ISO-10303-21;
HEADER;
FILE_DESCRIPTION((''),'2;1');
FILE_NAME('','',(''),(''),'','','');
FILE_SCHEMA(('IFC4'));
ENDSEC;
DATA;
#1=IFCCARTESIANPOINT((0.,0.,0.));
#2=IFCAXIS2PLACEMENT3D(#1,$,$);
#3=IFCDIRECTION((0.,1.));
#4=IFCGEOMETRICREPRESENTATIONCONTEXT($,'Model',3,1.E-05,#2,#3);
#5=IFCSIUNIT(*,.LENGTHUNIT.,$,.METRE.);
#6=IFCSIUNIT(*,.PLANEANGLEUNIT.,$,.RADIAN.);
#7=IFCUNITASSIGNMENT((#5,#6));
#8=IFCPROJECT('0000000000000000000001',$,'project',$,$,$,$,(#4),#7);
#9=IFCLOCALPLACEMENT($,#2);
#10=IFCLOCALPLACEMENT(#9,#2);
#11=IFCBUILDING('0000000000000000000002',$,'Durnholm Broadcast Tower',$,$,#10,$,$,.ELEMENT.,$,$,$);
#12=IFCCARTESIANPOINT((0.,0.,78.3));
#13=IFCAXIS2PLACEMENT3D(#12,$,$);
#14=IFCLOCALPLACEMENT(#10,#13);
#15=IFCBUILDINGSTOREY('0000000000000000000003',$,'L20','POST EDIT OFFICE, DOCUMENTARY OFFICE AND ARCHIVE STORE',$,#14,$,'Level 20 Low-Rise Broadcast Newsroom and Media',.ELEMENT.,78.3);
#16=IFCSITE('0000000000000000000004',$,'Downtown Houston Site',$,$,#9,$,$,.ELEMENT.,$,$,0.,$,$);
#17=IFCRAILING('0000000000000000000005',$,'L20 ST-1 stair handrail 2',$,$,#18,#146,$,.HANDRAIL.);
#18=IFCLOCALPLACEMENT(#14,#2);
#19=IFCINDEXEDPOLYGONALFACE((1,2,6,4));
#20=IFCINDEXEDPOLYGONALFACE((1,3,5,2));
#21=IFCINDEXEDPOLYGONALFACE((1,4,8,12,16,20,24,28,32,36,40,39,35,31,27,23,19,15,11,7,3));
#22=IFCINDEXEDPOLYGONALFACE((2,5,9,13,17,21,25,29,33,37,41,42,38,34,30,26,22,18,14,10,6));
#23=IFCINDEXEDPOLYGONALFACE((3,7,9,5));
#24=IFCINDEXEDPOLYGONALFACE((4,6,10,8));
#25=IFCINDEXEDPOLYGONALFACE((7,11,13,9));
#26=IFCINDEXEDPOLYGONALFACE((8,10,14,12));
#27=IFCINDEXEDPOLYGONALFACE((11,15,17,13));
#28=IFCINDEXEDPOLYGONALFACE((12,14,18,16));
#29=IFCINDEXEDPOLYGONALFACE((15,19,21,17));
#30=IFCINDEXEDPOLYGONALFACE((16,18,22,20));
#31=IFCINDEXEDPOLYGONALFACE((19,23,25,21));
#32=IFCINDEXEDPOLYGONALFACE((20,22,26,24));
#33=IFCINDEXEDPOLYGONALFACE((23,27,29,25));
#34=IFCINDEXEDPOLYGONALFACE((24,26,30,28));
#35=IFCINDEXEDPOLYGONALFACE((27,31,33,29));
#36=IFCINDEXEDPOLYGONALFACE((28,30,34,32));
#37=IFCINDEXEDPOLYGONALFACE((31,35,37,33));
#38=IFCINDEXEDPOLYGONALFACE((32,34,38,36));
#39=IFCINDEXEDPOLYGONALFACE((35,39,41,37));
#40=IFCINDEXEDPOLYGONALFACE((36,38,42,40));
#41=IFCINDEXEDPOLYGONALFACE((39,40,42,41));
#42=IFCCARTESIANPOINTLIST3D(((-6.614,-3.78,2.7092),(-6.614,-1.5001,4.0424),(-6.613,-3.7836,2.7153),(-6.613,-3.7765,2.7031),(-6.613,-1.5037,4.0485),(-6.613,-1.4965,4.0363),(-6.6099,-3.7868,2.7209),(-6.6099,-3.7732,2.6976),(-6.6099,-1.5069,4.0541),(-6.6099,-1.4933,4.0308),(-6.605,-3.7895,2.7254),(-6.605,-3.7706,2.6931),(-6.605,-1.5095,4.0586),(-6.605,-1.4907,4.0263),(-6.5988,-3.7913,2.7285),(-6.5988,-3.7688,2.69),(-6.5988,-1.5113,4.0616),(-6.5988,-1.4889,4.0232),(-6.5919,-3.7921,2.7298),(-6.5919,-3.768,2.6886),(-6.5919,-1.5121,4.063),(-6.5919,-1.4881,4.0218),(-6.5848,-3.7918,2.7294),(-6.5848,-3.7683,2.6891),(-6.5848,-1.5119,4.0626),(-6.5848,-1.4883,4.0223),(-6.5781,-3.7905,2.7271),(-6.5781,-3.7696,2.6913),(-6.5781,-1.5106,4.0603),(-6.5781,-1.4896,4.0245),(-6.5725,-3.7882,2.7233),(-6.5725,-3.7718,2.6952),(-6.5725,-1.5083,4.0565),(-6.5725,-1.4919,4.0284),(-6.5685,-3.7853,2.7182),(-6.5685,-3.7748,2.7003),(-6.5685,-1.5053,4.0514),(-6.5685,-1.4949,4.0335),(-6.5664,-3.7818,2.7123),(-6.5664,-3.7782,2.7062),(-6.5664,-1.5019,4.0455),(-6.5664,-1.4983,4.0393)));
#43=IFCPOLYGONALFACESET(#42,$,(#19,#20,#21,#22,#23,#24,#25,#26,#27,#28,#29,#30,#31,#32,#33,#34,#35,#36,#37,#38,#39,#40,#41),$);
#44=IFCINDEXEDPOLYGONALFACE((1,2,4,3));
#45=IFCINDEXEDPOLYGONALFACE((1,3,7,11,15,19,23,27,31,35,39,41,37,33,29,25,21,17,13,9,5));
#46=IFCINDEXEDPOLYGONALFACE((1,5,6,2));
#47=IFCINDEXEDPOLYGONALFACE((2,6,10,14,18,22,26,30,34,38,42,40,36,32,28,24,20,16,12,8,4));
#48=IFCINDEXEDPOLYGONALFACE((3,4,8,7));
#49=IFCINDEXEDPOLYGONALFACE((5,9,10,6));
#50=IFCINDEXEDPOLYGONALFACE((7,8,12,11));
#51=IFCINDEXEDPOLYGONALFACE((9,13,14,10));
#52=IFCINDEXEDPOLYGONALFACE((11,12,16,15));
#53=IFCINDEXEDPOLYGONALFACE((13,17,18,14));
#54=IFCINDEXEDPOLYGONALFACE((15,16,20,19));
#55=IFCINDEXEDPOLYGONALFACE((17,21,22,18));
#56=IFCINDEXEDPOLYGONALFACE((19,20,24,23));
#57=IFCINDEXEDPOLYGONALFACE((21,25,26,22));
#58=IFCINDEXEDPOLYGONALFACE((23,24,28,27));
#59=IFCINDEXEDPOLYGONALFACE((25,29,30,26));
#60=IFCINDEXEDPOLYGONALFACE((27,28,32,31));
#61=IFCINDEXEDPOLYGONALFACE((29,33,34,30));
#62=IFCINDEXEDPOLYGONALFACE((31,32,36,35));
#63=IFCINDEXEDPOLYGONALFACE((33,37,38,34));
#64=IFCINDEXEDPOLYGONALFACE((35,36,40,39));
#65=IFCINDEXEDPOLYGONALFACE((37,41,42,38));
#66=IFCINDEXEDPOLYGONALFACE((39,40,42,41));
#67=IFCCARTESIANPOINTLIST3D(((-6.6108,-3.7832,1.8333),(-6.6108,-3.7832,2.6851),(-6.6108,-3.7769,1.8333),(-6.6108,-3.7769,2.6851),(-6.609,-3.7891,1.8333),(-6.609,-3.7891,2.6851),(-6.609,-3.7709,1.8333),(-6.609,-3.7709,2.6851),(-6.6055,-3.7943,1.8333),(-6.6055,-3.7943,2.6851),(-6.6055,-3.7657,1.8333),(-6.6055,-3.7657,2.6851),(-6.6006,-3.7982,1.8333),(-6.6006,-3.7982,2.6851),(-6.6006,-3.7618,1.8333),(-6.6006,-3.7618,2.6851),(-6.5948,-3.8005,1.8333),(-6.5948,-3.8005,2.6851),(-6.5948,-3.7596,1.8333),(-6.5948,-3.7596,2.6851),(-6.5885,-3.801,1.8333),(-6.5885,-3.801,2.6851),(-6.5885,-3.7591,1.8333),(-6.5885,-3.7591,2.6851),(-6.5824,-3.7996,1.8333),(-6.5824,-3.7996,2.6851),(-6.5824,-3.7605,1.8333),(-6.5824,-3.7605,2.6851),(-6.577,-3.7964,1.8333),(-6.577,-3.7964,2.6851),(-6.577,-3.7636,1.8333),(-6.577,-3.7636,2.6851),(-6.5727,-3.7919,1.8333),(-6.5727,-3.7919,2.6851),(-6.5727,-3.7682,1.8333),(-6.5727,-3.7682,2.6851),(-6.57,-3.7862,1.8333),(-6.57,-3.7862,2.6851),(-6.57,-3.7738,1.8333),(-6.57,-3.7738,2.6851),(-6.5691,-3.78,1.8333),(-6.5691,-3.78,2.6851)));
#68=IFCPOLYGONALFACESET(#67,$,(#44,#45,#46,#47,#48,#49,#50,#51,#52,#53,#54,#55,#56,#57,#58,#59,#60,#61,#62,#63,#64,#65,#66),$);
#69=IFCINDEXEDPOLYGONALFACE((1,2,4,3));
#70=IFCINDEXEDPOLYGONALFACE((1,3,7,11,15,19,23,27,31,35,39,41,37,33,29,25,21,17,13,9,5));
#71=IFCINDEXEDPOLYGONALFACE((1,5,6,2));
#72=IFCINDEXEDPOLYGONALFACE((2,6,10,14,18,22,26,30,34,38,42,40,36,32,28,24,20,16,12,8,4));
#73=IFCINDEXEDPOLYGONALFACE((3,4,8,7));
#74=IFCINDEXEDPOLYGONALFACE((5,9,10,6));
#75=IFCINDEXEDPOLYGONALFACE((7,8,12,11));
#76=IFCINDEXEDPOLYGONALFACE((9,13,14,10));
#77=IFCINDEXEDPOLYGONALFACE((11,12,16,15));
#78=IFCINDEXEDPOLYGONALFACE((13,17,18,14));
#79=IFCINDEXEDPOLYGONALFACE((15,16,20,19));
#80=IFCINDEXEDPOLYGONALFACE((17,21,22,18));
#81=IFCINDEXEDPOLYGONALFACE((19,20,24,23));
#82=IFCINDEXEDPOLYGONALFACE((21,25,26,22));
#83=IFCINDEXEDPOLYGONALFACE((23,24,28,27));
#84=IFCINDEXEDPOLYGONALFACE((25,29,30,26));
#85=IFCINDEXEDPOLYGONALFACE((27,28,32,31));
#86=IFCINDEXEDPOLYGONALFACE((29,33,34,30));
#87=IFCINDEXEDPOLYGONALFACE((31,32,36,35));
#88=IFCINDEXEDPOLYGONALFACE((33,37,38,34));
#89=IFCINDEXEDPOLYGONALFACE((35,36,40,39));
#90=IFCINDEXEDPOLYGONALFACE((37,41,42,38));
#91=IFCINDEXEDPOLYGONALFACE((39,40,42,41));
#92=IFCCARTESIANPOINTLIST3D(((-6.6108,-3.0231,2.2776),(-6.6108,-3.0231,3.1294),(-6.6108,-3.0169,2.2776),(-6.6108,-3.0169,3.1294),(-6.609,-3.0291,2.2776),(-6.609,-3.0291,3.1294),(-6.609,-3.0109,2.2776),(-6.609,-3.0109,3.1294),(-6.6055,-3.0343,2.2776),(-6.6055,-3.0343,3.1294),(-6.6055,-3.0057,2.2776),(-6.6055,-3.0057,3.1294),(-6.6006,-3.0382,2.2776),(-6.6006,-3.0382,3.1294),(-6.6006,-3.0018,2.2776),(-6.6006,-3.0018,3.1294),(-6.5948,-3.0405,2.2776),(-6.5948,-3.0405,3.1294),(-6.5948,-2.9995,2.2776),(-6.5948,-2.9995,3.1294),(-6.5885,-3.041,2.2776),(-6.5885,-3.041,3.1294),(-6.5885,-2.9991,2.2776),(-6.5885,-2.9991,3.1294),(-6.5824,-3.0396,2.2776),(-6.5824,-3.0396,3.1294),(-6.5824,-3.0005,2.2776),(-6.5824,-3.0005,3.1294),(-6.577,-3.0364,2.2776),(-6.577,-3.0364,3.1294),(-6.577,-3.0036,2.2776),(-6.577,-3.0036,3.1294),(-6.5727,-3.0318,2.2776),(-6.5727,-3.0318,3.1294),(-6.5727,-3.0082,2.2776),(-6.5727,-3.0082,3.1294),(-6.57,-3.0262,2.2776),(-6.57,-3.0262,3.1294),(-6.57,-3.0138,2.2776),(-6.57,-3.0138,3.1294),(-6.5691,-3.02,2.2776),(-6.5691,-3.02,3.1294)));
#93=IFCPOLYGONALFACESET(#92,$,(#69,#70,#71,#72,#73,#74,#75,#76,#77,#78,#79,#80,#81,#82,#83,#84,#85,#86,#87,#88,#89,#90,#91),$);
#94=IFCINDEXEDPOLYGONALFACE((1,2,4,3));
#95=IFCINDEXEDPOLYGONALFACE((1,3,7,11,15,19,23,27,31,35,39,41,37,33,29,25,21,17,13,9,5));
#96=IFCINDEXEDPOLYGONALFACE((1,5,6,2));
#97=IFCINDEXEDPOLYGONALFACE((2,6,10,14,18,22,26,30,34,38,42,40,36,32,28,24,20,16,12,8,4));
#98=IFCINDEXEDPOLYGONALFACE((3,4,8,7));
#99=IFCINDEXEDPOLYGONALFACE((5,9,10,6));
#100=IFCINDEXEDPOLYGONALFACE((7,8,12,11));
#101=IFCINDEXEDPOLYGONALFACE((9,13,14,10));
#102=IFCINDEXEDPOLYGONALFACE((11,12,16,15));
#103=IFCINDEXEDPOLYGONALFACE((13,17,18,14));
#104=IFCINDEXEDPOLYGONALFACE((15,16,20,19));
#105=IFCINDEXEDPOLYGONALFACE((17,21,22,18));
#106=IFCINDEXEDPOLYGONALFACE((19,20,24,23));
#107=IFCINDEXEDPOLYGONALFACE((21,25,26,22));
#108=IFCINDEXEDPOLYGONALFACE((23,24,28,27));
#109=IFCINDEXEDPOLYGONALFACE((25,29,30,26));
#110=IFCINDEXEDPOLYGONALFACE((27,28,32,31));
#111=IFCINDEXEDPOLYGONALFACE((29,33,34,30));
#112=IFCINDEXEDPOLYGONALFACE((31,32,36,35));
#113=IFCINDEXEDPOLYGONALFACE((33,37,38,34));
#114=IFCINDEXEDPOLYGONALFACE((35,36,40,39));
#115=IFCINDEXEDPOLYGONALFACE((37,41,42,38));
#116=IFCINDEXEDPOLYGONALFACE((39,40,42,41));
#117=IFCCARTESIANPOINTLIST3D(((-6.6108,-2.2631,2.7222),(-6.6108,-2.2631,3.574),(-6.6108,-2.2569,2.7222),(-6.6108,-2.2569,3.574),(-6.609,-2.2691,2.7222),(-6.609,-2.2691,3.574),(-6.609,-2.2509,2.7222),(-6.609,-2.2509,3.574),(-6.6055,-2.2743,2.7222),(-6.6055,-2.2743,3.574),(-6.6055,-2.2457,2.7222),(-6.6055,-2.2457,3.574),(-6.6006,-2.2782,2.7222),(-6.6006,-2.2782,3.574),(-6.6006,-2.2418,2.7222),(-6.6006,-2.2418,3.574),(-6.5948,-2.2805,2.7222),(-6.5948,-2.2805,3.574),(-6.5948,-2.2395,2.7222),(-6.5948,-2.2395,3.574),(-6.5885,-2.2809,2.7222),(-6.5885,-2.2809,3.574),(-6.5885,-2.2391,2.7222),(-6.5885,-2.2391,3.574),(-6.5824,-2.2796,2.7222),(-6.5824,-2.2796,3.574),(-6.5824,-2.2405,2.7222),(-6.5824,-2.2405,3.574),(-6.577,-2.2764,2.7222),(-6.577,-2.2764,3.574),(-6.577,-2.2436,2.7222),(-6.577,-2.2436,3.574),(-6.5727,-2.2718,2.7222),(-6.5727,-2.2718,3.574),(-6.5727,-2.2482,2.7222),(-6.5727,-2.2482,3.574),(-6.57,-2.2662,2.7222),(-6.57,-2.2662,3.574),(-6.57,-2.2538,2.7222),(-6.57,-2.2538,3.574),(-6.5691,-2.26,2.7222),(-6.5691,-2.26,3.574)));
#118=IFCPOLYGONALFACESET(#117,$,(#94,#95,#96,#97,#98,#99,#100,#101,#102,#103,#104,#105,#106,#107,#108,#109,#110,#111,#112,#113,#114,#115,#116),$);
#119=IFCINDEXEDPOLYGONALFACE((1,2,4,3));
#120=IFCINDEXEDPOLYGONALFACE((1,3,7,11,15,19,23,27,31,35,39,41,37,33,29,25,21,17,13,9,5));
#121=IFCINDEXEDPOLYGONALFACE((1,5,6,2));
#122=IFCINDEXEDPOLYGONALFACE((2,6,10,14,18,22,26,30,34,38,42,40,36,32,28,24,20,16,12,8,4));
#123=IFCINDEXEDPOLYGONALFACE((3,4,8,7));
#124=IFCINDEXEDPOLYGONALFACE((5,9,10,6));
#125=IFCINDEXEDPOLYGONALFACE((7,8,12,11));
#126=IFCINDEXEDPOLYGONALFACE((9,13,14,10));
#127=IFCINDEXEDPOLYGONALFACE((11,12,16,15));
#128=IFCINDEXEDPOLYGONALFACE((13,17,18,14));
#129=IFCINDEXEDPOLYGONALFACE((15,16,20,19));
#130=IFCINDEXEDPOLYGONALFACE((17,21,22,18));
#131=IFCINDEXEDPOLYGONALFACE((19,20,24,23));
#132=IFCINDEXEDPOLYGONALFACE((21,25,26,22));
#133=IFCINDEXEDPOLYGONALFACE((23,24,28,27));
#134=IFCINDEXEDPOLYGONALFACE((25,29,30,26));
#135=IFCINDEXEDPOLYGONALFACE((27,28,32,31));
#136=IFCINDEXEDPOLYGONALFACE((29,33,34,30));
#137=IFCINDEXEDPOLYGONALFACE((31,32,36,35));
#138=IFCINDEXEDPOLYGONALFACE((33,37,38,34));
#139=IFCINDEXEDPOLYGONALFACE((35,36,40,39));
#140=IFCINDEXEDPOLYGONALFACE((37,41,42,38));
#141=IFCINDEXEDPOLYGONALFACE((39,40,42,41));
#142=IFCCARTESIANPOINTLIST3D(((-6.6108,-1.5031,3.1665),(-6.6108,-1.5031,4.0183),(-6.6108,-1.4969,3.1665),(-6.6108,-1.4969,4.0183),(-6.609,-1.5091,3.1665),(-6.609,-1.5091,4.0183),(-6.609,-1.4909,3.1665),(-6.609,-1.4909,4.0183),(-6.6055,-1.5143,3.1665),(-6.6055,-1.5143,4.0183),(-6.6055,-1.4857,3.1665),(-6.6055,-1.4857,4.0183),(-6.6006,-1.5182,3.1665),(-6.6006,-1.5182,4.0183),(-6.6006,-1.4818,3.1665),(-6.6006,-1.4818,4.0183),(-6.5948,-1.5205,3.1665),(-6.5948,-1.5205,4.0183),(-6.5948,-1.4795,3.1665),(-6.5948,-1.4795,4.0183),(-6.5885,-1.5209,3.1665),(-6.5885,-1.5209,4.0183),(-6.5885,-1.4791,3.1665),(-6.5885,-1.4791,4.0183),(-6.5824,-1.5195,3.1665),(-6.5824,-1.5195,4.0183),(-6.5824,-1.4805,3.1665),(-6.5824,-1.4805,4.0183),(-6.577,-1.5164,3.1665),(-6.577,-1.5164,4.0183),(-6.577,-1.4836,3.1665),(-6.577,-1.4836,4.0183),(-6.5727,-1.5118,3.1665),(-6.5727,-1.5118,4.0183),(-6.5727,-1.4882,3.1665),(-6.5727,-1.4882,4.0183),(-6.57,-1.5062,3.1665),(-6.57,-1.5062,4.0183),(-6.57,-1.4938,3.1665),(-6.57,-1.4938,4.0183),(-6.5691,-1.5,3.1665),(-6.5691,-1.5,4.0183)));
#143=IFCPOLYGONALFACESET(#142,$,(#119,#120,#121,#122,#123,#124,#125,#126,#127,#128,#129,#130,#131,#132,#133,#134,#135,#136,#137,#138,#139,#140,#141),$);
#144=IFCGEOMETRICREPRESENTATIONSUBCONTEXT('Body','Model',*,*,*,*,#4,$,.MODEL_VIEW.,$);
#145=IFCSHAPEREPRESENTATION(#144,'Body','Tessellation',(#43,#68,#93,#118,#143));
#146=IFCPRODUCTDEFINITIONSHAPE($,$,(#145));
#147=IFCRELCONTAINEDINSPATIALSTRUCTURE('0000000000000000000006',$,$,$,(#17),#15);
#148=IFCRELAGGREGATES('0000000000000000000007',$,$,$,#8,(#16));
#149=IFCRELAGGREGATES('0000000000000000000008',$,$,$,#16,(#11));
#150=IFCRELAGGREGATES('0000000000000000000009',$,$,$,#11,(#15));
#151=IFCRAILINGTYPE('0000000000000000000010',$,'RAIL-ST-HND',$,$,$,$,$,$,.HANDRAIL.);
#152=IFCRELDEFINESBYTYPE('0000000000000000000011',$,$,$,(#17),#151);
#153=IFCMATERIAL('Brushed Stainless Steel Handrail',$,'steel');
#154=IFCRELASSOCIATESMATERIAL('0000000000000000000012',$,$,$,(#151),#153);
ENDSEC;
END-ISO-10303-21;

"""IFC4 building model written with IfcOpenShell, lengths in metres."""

from ifc_helpers import new_model, si_unit, direction, frame, origin, origin_2d, place, context, subcontext, project, spatial, circle, extrude, material, type_object, element, save


model = new_model("IFC4")

# Units and contexts
model_context = context("Model", 3, precision=1e-05, world=origin(), true_north=direction((0.0, 1.0)))
body_context = subcontext(model_context, "Body", "Model", "MODEL_VIEW")
ifc_project = project(units=[si_unit("LENGTHUNIT", "METRE"), si_unit("PLANEANGLEUNIT", "RADIAN")], contexts=[model_context])

# Site, building, storey
site_placement = place(None, origin())
site = spatial("IfcSite", under=ifc_project, at=site_placement, Name="Downtown Houston Site", CompositionType="ELEMENT", RefElevation=0.0)
building_placement = place(site_placement, origin())
building = spatial("IfcBuilding", under=site, at=building_placement, Name="Durnholm Broadcast Tower", CompositionType="ELEMENT")
storey_placement = place(building_placement, frame((0.0, 0.0, 78.3)))
storey = spatial("IfcBuildingStorey", under=building, at=storey_placement, Name="L20", Description="POST EDIT OFFICE, DOCUMENTARY OFFICE AND ARCHIVE STORE", LongName="Level 20 Low-Rise Broadcast Newsroom and Media", CompositionType="ELEMENT", Elevation=78.3)

# Railing
ifc_material_1 = material(Name="Brushed Stainless Steel Handrail", Category="steel")
railing_type_1 = type_object("IfcRailingType", Name="RAIL-ST-HND", PredefinedType="HANDRAIL", material=ifc_material_1)
railing_1_placement = place(storey_placement, frame((-6.5901, -3.78, 1.8333)))
element("IfcRailing", 1, at=railing_1_placement, inside=storey, type_object=railing_type_1, Name="L20 ST-1 stair handrail 2", PredefinedType="HANDRAIL", context=body_context, shape_type="SweptSolid", body=[
    extrude(circle(Radius=0.0239, at=origin_2d()), frame((0.0, 0.0, 0.876), z_axis=(0.0, 0.863245, 0.504785), x_axis=(-1.0, 0.0, 0.0)), (0.0, 0.0, 1.0), 2.6411),
    extrude(circle(Radius=0.021, at=origin_2d()), origin(), (0.0, 0.0, 1.0), 0.8518),
    extrude(circle(Radius=0.021, at=origin_2d()), frame((0.0, 0.76, 0.4443)), (0.0, 0.0, 1.0), 0.8518),
    extrude(circle(Radius=0.021, at=origin_2d()), frame((0.0, 1.52, 0.8889)), (0.0, 0.0, 1.0), 0.8518),
    extrude(circle(Radius=0.021, at=origin_2d()), frame((0.0, 2.28, 1.3333)), (0.0, 0.0, 1.0), 0.8518),
])

save(model, "model.ifc")
